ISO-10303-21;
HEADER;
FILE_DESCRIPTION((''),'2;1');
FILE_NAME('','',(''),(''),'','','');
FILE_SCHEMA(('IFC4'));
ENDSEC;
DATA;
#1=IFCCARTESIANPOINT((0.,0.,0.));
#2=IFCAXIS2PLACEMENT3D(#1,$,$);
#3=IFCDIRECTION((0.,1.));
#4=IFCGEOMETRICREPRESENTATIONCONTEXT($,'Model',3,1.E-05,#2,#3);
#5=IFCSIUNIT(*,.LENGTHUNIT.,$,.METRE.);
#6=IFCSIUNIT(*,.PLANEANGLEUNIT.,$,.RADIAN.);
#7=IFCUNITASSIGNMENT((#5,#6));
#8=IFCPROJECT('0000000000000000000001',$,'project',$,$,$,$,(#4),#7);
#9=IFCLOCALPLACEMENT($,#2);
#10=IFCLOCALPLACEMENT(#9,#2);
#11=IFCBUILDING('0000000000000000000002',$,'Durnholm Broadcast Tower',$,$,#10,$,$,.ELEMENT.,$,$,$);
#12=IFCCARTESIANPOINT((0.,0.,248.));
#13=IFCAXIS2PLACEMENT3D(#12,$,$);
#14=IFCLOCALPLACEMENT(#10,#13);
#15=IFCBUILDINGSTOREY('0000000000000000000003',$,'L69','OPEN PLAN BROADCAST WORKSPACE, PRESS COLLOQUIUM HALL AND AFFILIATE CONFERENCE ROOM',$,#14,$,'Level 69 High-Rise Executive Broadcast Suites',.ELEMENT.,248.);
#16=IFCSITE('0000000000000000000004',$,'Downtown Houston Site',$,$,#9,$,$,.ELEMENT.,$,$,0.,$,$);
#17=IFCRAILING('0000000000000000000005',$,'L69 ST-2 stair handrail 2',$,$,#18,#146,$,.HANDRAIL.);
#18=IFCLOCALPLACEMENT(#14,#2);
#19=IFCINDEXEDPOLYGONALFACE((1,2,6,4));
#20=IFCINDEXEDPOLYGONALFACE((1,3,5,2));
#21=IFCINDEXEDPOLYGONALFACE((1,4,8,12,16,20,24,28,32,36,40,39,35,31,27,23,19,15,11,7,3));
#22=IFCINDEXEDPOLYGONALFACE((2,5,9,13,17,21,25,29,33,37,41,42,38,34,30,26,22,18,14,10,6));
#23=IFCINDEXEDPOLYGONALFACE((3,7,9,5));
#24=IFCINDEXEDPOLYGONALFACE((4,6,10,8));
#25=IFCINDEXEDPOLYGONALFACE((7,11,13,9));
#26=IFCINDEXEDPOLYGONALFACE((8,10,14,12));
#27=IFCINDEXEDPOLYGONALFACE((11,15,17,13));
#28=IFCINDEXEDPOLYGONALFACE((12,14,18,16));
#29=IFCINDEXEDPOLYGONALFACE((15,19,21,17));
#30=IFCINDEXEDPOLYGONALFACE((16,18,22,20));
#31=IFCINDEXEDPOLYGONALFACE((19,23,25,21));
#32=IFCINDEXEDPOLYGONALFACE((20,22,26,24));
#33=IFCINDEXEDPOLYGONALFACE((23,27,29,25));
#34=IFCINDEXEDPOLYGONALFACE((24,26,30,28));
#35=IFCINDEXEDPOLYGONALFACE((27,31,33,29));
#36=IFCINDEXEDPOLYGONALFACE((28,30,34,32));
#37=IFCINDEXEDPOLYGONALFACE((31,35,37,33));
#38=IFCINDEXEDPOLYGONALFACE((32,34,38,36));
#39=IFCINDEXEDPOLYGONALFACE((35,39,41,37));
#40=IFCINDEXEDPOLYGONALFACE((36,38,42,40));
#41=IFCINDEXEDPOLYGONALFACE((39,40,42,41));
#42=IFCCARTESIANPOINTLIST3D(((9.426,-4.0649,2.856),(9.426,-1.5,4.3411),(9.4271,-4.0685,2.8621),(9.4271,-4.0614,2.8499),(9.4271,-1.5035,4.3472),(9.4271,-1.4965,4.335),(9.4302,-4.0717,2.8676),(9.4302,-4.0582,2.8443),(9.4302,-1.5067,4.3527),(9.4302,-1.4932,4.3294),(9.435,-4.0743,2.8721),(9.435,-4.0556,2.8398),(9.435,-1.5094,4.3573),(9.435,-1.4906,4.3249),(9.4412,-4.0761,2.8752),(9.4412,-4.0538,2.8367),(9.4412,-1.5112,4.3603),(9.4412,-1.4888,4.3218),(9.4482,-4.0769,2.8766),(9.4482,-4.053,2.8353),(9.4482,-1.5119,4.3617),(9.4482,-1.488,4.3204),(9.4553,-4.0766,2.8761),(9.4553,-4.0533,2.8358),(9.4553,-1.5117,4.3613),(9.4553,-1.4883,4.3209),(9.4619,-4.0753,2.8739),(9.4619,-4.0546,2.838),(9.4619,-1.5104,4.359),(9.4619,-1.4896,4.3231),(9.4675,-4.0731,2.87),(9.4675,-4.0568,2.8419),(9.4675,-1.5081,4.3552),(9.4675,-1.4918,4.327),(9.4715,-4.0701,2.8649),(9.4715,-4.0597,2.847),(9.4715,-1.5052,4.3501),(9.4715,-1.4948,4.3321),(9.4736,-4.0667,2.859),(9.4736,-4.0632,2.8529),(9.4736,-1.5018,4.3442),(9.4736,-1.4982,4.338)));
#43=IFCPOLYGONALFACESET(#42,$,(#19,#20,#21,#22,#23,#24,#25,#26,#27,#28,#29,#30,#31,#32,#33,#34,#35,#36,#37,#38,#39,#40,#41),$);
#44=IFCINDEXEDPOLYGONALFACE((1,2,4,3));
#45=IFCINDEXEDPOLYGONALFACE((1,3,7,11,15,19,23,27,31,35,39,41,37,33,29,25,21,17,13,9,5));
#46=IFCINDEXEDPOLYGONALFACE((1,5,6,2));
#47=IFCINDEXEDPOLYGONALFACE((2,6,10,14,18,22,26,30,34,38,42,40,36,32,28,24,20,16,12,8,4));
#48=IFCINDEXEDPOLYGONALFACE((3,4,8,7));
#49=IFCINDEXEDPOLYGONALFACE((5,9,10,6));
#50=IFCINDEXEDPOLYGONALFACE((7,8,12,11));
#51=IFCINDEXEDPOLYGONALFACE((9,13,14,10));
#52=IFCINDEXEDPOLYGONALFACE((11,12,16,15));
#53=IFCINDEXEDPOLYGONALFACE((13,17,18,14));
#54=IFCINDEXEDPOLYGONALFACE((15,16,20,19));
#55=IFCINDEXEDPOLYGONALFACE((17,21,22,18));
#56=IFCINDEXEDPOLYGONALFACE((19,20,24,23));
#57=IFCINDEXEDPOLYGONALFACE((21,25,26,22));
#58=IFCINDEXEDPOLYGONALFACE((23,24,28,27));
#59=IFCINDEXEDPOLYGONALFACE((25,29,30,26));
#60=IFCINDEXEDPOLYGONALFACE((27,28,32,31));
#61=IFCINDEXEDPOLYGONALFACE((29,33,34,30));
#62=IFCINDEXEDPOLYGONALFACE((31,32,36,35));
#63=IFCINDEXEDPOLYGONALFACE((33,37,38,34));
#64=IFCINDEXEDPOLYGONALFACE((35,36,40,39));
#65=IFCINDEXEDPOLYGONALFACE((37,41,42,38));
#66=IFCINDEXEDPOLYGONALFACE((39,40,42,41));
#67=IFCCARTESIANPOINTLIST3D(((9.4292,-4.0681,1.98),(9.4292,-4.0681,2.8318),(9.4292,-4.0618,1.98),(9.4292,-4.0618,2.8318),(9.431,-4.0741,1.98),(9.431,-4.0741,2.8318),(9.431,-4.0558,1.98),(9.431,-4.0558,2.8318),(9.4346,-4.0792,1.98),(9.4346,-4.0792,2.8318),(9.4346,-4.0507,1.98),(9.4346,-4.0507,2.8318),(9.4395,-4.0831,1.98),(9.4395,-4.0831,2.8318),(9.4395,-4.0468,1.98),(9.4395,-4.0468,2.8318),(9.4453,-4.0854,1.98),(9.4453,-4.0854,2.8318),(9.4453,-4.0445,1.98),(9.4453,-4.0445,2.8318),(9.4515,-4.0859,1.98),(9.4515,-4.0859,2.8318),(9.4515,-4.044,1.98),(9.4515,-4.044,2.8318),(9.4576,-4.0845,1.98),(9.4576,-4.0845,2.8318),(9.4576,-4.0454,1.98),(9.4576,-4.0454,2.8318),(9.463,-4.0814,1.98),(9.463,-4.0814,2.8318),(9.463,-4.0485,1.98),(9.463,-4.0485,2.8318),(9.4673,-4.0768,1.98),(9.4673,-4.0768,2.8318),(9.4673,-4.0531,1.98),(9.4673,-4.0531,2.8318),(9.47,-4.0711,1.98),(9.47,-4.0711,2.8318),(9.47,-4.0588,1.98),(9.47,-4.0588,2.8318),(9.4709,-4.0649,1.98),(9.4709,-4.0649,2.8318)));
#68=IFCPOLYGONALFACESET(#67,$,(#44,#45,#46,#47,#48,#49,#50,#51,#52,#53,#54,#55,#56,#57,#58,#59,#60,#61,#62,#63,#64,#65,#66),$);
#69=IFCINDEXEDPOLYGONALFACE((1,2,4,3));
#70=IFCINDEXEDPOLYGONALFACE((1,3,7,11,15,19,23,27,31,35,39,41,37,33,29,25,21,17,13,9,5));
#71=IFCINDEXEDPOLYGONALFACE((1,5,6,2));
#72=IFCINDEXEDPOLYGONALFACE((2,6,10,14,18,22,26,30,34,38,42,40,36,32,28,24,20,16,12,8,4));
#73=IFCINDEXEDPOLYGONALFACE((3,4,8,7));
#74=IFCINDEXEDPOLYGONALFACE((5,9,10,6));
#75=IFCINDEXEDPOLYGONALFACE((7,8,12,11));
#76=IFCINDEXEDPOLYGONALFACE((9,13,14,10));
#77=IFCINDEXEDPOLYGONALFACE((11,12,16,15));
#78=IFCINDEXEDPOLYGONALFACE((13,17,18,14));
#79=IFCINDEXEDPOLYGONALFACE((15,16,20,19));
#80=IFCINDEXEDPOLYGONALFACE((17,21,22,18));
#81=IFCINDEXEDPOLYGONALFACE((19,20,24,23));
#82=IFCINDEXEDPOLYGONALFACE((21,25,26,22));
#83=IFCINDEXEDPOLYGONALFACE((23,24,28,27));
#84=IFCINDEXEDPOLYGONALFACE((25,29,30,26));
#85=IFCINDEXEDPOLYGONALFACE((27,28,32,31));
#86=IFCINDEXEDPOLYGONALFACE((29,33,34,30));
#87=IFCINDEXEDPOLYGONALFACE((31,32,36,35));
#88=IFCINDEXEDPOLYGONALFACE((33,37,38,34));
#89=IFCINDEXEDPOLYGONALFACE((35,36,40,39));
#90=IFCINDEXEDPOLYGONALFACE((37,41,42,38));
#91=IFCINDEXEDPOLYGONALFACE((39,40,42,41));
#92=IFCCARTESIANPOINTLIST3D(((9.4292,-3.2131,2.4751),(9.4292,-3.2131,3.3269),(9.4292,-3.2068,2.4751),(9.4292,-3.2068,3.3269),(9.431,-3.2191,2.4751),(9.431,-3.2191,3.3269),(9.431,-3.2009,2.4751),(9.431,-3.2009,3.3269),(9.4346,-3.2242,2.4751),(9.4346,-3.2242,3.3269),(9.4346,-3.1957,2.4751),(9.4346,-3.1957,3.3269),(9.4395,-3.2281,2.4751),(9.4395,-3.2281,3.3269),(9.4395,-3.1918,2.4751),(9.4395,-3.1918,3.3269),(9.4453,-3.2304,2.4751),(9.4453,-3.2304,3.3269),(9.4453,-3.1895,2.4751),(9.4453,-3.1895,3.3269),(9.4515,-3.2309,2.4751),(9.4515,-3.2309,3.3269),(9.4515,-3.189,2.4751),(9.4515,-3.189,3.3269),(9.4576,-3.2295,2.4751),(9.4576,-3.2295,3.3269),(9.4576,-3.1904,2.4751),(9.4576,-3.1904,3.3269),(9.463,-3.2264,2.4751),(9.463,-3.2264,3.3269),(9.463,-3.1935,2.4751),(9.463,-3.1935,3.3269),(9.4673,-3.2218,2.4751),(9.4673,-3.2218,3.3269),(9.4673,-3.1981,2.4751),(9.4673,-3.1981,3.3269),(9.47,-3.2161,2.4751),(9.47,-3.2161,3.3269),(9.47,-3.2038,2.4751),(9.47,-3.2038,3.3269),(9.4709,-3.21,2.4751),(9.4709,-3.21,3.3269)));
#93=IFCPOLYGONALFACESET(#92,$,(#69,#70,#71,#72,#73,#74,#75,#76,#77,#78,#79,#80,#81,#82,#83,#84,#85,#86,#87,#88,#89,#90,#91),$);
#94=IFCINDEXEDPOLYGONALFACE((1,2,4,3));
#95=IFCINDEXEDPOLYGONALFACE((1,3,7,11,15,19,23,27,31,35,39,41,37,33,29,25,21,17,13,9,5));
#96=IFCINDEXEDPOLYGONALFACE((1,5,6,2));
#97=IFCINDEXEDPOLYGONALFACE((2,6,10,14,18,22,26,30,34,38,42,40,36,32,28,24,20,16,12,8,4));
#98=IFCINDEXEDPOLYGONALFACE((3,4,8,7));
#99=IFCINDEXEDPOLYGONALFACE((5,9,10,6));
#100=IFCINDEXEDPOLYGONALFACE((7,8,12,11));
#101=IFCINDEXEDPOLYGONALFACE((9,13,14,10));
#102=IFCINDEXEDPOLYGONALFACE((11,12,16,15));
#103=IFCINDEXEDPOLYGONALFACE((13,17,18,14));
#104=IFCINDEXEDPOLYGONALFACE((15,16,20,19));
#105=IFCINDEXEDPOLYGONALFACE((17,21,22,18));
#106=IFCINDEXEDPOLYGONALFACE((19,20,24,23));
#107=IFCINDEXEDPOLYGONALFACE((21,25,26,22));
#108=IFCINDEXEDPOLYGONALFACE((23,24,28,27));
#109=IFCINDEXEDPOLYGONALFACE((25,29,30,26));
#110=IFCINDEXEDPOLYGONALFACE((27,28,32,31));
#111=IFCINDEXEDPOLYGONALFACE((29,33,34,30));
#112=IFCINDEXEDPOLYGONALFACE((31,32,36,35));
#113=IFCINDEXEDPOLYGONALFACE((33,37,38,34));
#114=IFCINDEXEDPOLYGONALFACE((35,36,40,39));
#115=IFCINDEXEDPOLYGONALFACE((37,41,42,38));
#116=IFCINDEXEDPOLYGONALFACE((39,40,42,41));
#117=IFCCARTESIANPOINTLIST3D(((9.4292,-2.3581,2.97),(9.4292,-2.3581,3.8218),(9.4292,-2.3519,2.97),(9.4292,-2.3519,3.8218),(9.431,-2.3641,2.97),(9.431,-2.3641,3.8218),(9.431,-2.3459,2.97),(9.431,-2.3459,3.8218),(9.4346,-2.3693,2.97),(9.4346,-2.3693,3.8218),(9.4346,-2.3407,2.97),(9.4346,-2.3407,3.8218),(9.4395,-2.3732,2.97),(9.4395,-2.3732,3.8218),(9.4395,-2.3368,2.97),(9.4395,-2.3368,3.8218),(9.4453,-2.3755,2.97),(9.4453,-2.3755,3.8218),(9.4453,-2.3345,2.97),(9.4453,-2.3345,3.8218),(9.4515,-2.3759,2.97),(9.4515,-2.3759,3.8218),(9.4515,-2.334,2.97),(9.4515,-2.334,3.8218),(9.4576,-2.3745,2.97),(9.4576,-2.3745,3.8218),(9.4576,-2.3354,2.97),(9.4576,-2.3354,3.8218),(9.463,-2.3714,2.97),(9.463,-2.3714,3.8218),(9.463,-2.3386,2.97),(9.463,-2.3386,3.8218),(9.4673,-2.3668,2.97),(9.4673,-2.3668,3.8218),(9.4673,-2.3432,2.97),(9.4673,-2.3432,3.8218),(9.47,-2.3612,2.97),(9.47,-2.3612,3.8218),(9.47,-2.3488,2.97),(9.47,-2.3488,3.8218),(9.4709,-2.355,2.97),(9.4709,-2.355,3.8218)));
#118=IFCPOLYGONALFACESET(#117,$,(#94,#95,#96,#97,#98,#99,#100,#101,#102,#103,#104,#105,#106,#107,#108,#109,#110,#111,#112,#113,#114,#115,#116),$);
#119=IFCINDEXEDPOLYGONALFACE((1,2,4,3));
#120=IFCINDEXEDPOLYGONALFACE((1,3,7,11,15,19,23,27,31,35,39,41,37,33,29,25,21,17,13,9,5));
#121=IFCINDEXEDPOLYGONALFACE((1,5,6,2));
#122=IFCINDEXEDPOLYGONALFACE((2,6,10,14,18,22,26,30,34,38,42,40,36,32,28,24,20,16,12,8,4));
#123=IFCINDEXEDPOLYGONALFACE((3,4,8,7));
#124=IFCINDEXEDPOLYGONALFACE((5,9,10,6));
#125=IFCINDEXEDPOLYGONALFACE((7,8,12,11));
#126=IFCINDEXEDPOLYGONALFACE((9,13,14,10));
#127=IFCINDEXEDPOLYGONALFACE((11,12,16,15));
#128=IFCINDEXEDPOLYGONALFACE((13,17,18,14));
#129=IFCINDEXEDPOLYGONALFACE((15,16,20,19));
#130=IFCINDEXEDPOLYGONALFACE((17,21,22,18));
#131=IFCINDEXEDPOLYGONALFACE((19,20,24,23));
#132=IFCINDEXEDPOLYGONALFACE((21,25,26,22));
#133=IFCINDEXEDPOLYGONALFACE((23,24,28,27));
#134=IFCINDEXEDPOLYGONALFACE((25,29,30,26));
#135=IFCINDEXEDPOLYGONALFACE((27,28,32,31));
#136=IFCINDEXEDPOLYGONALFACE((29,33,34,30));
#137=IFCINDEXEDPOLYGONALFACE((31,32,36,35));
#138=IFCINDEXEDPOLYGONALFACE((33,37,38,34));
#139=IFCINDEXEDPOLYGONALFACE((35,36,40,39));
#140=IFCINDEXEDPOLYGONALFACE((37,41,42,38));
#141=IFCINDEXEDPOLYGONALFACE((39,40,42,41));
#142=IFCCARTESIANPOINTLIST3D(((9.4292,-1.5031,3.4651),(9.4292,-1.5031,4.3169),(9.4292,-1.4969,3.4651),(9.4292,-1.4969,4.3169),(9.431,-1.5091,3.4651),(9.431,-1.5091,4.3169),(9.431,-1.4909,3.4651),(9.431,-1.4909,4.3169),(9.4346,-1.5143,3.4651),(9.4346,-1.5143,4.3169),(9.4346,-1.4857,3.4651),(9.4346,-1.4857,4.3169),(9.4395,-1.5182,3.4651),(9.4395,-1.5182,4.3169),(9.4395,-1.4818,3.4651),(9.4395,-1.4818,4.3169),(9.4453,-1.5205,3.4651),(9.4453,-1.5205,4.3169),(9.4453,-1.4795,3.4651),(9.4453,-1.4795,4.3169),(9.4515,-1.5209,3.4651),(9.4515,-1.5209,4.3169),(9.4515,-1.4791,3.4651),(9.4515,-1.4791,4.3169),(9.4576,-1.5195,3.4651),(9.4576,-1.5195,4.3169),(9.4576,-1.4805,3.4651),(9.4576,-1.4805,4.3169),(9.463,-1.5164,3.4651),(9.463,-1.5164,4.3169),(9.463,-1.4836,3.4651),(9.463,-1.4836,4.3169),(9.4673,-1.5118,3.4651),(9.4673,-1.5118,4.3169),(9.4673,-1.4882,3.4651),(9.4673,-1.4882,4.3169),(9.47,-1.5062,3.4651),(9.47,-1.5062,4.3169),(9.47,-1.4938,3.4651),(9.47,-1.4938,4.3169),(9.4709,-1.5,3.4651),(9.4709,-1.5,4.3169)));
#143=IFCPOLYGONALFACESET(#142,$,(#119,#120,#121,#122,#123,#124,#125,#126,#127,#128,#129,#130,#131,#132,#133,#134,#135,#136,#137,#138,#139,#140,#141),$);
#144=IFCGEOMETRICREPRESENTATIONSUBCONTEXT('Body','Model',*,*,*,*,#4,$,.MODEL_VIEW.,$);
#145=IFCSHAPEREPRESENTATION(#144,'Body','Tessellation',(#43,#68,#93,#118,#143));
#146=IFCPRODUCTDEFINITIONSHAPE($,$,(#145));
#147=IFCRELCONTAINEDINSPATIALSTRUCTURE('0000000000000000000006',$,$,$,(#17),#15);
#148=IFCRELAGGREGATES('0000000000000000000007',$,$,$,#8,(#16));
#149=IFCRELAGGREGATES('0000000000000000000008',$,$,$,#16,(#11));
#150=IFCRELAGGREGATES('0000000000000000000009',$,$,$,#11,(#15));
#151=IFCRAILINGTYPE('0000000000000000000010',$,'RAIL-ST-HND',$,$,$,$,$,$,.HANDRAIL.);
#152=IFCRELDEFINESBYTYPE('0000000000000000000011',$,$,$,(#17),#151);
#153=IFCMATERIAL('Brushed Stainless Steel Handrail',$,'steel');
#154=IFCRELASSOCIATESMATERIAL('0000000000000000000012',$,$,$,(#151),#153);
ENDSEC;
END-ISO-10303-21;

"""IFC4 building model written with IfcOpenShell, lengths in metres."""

from ifc_helpers import new_model, si_unit, direction, frame, origin, origin_2d, place, context, subcontext, project, spatial, circle, extrude, material, type_object, element, save


model = new_model("IFC4")

# Units and contexts
model_context = context("Model", 3, precision=1e-05, world=origin(), true_north=direction((0.0, 1.0)))
body_context = subcontext(model_context, "Body", "Model", "MODEL_VIEW")
ifc_project = project(units=[si_unit("LENGTHUNIT", "METRE"), si_unit("PLANEANGLEUNIT", "RADIAN")], contexts=[model_context])

# Site, building, storey
site_placement = place(None, origin())
site = spatial("IfcSite", under=ifc_project, at=site_placement, Name="Downtown Houston Site", CompositionType="ELEMENT", RefElevation=0.0)
building_placement = place(site_placement, origin())
building = spatial("IfcBuilding", under=site, at=building_placement, Name="Durnholm Broadcast Tower", CompositionType="ELEMENT")
storey_placement = place(building_placement, frame((0.0, 0.0, 248.0)))
storey = spatial("IfcBuildingStorey", under=building, at=storey_placement, Name="L69", Description="OPEN PLAN BROADCAST WORKSPACE, PRESS COLLOQUIUM HALL AND AFFILIATE CONFERENCE ROOM", LongName="Level 69 High-Rise Executive Broadcast Suites", CompositionType="ELEMENT", Elevation=248.0)

# Railing
ifc_material_1 = material(Name="Brushed Stainless Steel Handrail", Category="steel")
railing_type_1 = type_object("IfcRailingType", Name="RAIL-ST-HND", PredefinedType="HANDRAIL", material=ifc_material_1)
railing_1_placement = place(storey_placement, frame((9.45, -4.0649, 1.98)))
element("IfcRailing", 1, at=railing_1_placement, inside=storey, type_object=railing_type_1, Name="L69 ST-2 stair handrail 2", PredefinedType="HANDRAIL", context=body_context, shape_type="SweptSolid", body=[
    extrude(circle(Radius=0.0239, at=origin_2d()), frame((0.0, 0.0, 0.876), z_axis=(0.0, 0.865406, 0.501072), x_axis=(-1.0, 0.0, 0.0)), (0.0, 0.0, 1.0), 2.9639),
    extrude(circle(Radius=0.021, at=origin_2d()), origin(), (0.0, 0.0, 1.0), 0.8518),
    extrude(circle(Radius=0.021, at=origin_2d()), frame((0.0, 0.855, 0.4951)), (0.0, 0.0, 1.0), 0.8518),
    extrude(circle(Radius=0.021, at=origin_2d()), frame((0.0, 1.71, 0.99)), (0.0, 0.0, 1.0), 0.8518),
    extrude(circle(Radius=0.021, at=origin_2d()), frame((0.0, 2.5649, 1.4851)), (0.0, 0.0, 1.0), 0.8518),
])

save(model, "model.ifc")
